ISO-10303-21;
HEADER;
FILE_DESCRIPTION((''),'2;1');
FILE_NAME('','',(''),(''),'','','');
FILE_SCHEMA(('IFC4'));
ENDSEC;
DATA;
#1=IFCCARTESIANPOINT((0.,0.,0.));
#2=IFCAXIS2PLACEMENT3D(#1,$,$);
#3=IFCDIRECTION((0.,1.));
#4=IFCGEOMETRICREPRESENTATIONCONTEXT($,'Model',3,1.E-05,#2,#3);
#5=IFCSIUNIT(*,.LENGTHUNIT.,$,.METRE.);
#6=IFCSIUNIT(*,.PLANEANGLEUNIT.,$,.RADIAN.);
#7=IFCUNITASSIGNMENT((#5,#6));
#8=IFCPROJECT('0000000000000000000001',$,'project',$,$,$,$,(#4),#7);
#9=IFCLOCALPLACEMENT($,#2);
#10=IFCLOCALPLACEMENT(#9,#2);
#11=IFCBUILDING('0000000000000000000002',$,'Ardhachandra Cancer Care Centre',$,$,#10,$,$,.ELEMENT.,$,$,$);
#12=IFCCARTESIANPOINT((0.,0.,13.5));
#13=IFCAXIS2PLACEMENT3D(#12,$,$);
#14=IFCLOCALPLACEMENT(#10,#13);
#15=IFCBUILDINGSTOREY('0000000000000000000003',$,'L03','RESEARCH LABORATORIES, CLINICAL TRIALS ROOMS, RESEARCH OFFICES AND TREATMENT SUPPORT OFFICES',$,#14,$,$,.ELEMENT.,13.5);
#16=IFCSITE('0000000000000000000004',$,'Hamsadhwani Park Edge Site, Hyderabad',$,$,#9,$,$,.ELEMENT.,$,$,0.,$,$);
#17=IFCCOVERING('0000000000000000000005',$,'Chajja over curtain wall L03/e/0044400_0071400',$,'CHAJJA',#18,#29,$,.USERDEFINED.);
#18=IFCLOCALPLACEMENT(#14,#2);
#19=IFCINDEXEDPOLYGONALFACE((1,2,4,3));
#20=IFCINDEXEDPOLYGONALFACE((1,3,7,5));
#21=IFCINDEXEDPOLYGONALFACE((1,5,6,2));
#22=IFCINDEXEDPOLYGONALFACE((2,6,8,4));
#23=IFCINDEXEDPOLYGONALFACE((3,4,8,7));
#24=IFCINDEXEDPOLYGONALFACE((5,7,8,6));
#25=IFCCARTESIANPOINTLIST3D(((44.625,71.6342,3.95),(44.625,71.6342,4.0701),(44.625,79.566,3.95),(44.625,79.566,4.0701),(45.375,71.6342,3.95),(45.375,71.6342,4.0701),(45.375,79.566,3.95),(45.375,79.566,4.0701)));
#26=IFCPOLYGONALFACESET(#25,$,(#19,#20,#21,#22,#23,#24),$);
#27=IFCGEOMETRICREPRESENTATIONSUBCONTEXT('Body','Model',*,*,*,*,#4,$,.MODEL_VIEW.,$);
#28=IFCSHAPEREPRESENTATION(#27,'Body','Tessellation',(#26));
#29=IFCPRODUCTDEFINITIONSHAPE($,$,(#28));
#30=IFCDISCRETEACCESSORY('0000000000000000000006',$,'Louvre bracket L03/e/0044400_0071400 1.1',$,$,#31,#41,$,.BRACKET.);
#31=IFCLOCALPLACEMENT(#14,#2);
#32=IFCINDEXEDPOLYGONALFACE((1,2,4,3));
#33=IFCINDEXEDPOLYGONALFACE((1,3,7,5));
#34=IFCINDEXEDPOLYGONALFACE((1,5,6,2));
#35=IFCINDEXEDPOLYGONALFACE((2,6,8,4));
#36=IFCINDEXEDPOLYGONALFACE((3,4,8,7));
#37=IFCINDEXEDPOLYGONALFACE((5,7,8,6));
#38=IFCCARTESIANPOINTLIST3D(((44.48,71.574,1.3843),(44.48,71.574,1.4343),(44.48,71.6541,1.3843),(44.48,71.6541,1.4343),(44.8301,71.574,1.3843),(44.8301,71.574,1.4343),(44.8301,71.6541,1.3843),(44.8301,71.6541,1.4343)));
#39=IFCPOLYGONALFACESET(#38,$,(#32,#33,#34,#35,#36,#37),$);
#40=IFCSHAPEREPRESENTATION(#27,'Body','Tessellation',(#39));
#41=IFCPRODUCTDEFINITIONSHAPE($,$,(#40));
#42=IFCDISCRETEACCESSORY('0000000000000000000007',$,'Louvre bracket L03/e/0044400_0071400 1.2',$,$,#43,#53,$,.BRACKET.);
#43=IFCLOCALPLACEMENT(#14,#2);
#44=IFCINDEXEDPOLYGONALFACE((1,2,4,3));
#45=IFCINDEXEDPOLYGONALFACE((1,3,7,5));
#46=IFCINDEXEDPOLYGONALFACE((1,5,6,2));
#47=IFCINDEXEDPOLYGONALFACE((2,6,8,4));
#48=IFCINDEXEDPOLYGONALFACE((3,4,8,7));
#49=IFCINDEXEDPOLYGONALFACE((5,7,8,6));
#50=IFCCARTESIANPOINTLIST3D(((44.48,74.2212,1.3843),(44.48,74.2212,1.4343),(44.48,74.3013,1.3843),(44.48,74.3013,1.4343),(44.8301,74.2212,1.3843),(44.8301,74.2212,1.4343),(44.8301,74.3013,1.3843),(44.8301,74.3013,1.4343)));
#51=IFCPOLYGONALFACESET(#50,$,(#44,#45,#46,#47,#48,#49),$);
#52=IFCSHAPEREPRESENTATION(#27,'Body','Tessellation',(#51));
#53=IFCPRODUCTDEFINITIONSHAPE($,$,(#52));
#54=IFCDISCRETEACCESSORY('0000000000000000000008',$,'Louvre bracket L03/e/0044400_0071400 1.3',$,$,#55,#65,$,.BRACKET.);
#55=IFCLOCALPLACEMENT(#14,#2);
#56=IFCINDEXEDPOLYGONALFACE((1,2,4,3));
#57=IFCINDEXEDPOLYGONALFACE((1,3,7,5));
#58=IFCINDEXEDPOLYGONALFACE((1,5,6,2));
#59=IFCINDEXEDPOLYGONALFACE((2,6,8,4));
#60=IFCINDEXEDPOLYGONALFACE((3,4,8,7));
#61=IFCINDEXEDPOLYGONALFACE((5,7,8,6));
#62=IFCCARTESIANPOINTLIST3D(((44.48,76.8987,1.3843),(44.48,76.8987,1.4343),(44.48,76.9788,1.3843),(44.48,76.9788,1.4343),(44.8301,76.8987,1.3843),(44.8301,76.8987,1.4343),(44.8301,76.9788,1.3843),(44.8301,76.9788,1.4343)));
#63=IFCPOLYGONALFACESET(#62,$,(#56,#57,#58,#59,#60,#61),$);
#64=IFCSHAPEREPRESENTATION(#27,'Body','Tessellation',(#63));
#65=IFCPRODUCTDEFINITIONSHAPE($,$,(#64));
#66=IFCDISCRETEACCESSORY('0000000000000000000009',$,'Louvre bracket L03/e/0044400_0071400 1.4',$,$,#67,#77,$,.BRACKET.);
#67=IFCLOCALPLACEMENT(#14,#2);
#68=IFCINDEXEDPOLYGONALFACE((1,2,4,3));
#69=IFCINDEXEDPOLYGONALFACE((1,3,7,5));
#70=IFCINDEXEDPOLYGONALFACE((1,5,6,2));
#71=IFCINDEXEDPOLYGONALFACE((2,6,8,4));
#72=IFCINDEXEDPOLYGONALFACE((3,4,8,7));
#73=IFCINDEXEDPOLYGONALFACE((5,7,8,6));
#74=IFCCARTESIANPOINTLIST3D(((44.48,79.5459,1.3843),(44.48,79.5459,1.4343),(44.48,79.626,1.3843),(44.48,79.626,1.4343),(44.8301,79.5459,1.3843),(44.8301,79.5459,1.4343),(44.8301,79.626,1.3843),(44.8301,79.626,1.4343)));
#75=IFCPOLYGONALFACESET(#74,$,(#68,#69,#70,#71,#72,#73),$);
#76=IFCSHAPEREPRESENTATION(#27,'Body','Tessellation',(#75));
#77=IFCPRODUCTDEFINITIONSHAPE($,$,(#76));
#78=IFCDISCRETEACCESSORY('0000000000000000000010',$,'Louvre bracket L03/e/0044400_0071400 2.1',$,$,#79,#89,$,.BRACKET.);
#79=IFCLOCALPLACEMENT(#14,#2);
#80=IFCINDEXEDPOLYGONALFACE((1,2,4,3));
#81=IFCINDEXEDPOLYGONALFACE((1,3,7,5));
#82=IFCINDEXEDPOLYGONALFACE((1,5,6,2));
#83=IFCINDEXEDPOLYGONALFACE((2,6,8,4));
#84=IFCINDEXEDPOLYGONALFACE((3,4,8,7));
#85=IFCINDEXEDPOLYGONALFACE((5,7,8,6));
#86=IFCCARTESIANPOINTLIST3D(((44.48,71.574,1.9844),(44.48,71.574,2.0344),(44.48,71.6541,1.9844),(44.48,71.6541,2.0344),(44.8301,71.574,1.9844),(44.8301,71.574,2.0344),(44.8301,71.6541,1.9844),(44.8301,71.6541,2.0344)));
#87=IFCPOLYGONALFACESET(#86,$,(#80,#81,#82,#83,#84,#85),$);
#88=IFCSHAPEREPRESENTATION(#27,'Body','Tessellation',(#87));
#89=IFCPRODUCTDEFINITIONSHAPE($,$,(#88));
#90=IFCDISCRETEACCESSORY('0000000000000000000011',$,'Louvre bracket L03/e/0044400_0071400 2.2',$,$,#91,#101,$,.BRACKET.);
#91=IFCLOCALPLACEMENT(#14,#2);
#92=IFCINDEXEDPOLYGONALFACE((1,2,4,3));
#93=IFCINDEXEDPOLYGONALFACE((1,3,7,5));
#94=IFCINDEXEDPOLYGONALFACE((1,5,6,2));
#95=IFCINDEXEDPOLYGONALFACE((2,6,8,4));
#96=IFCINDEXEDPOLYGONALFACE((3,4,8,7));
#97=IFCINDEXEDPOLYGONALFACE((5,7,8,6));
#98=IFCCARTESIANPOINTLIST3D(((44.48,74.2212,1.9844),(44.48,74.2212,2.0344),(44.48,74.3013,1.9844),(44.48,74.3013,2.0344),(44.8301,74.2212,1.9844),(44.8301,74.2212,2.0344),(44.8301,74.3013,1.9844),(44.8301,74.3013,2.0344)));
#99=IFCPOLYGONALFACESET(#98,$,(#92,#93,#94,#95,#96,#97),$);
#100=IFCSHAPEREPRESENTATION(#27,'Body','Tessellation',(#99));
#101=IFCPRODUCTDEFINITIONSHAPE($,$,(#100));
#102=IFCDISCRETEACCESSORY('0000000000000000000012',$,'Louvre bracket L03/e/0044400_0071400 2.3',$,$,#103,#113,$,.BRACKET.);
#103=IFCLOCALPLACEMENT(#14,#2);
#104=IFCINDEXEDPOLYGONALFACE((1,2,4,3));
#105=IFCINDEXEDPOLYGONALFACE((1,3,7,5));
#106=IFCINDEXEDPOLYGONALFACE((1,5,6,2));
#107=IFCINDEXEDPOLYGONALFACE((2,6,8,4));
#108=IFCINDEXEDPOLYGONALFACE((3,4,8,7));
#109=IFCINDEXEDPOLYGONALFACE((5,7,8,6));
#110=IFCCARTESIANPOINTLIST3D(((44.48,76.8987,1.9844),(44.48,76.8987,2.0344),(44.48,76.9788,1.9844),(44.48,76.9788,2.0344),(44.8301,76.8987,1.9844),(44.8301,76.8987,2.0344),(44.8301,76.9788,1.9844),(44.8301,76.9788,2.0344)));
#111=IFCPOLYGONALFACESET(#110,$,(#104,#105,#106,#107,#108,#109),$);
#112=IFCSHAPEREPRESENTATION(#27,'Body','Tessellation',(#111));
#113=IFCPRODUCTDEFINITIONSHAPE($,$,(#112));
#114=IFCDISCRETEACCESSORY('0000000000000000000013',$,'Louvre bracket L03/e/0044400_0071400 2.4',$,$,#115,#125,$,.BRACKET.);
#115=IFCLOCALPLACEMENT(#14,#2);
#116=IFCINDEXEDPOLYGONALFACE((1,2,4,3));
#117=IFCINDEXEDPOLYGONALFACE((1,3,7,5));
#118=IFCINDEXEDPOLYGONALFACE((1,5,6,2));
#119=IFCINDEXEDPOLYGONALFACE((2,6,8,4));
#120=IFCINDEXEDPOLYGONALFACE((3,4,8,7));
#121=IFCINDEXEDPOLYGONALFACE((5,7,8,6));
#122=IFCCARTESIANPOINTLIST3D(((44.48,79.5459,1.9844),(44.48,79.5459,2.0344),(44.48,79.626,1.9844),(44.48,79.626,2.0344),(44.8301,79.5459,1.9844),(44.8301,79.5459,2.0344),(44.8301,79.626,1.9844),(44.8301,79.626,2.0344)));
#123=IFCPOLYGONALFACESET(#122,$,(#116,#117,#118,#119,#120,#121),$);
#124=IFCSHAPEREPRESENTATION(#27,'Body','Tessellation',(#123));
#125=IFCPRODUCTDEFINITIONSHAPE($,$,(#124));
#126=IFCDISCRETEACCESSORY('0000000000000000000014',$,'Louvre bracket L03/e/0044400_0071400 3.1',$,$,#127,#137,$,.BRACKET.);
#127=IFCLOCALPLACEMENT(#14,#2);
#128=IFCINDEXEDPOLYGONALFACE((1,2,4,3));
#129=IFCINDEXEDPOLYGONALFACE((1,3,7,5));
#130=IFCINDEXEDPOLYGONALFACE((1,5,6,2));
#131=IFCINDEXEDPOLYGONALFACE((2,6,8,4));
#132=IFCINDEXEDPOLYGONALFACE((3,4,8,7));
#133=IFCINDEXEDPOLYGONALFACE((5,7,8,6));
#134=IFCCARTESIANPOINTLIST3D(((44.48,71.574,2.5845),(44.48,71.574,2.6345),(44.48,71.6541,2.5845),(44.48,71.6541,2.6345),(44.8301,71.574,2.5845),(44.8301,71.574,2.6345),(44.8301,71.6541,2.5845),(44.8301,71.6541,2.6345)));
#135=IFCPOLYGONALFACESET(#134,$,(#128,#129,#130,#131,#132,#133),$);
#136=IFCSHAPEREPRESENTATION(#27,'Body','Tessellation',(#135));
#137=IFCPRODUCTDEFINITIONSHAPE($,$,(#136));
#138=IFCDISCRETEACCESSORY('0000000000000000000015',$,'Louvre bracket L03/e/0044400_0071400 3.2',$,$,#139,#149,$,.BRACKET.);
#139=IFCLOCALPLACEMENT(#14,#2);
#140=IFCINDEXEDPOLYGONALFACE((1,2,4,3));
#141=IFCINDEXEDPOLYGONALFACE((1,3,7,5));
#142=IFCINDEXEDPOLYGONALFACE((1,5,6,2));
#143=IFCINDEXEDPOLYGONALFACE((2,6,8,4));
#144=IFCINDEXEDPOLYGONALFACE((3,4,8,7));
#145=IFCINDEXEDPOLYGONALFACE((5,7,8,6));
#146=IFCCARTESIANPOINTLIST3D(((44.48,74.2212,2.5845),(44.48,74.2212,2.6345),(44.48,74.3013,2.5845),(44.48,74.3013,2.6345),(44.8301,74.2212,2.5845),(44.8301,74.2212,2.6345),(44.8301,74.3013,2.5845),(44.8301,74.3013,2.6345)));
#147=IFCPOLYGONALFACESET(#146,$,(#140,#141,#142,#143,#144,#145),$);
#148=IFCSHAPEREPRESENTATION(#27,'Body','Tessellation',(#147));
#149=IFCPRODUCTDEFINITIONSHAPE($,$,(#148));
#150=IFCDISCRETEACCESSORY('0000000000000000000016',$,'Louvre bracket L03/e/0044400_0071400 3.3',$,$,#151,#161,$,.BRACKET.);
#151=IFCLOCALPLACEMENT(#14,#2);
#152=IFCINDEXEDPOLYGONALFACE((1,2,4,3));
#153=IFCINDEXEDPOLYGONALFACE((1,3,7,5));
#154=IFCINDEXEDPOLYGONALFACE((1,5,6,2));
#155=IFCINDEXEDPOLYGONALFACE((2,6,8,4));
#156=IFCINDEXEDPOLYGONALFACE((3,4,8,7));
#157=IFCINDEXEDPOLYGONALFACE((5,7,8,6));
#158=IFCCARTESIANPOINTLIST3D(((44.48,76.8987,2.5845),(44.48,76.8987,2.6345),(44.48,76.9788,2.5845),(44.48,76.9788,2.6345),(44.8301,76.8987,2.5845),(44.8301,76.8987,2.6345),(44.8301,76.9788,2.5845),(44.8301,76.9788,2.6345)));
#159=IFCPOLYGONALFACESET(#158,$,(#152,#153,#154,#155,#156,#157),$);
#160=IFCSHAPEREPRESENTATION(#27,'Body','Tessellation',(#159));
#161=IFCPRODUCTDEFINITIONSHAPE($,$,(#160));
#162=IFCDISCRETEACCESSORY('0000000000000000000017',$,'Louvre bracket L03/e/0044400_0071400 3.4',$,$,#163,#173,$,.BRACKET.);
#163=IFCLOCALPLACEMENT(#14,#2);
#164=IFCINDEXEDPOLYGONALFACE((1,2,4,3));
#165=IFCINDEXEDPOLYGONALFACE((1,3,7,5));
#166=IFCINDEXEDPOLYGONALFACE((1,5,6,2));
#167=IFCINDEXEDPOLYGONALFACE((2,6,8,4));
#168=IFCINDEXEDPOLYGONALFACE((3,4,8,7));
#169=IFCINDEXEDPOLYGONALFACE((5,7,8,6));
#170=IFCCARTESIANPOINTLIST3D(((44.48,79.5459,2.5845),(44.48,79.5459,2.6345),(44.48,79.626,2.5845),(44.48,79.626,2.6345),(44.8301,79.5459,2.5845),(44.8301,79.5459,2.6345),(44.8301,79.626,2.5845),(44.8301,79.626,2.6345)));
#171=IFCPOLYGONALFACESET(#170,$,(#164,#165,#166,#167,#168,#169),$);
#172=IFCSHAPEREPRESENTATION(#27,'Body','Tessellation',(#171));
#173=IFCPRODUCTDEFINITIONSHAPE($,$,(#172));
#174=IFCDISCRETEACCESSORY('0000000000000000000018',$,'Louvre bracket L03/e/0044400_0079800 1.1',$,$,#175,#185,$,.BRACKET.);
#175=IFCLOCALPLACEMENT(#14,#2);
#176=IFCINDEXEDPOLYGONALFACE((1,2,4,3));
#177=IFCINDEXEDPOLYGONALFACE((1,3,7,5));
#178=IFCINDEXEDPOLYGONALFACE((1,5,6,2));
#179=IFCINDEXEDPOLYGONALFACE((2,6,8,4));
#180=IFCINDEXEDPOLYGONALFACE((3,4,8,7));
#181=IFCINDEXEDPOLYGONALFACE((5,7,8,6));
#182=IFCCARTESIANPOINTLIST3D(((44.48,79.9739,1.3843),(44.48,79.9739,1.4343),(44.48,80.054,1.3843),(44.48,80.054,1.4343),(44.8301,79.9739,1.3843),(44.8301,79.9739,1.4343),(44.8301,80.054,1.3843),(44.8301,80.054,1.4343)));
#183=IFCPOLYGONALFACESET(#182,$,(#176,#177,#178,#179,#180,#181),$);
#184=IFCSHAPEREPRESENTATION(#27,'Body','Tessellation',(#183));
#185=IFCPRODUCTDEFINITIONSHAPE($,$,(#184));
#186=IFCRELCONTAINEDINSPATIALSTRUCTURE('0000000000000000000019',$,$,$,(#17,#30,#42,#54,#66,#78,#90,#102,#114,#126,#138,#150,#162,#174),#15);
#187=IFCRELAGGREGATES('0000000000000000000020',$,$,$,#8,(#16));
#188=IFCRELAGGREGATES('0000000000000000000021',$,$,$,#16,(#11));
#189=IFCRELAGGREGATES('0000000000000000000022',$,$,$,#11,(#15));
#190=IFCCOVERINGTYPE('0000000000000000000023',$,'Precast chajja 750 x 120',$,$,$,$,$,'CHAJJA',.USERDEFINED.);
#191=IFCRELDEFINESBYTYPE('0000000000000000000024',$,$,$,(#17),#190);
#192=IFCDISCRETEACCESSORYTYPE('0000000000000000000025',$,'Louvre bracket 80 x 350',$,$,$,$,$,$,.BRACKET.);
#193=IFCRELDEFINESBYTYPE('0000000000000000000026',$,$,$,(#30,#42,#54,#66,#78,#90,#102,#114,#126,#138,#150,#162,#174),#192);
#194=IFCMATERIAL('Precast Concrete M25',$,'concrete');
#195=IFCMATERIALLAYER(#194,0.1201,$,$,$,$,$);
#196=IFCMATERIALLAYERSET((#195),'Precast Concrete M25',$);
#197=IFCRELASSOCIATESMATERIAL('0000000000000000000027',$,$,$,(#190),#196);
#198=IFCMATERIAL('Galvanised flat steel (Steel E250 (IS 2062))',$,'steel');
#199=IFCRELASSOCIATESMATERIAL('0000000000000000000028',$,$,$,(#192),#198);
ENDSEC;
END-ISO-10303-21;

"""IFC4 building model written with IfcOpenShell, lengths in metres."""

from ifc_helpers import new_model, si_unit, direction, frame, origin, origin_2d, place, context, subcontext, project, spatial, rectangle, extrude, material, layer, layer_set, type_object, element, save


model = new_model("IFC4")

# Units and contexts
model_context = context("Model", 3, precision=1e-05, world=origin(), true_north=direction((0.0, 1.0)))
body_context = subcontext(model_context, "Body", "Model", "MODEL_VIEW")
ifc_project = project(units=[si_unit("LENGTHUNIT", "METRE"), si_unit("PLANEANGLEUNIT", "RADIAN")], contexts=[model_context])

# Site, building, storey
site_placement = place(None, origin())
site = spatial("IfcSite", under=ifc_project, at=site_placement, Name="Hamsadhwani Park Edge Site, Hyderabad", CompositionType="ELEMENT", RefElevation=0.0)
building_placement = place(site_placement, origin())
building = spatial("IfcBuilding", under=site, at=building_placement, Name="Ardhachandra Cancer Care Centre", CompositionType="ELEMENT")
storey_placement = place(building_placement, frame((0.0, 0.0, 13.5)))
storey = spatial("IfcBuildingStorey", under=building, at=storey_placement, Name="L03", Description="RESEARCH LABORATORIES, CLINICAL TRIALS ROOMS, RESEARCH OFFICES AND TREATMENT SUPPORT OFFICES", CompositionType="ELEMENT", Elevation=13.5)

# Covering
ifc_material_1 = material(Name="Precast Concrete M25", Category="concrete")
ifc_layer_1 = layer(ifc_material_1, 0.1201)
ifc_layer_set_1 = layer_set([ifc_layer_1], Name="Precast Concrete M25")
covering_type_1 = type_object("IfcCoveringType", Name="Precast chajja 750 x 120", ElementType="CHAJJA", PredefinedType="USERDEFINED", material=ifc_layer_set_1)
covering_placement = place(storey_placement, frame((45.0, 75.6001, 3.95), z_axis=(0.0, 0.0, 1.0), x_axis=(0.0, 1.0, 0.0)))
element("IfcCovering", 1, at=covering_placement, inside=storey, type_object=covering_type_1, Name="Chajja over curtain wall L03/e/0044400_0071400", ObjectType="CHAJJA", PredefinedType="USERDEFINED", context=body_context, shape_type="SweptSolid", body=[
    extrude(rectangle(XDim=7.9319, YDim=0.75, at=origin_2d()), origin(), (0.0, 0.0, 1.0), 0.1201),
])

# Discrete accessories
ifc_material_2 = material(Name="Galvanised flat steel (Steel E250 (IS 2062))", Category="steel")
discrete_accessory_type = type_object("IfcDiscreteAccessoryType", Name="Louvre bracket 80 x 350", PredefinedType="BRACKET", material=ifc_material_2)
for number, where, z_axis, x_axis, name in (
    (2, (44.655, 71.614, 1.3843), (0.0, 0.0, 1.0), (0.0, 1.0, 0.0), "Louvre bracket L03/e/0044400_0071400 1.1"),
    (3, (44.655, 74.2612, 1.3843), (0.0, 0.0, 1.0), (0.0, 1.0, 0.0), "Louvre bracket L03/e/0044400_0071400 1.2"),
    (4, (44.655, 76.9387, 1.3843), (0.0, 0.0, 1.0), (0.0, 1.0, 0.0), "Louvre bracket L03/e/0044400_0071400 1.3"),
    (5, (44.655, 79.5859, 1.3843), (0.0, 0.0, 1.0), (0.0, 1.0, 0.0), "Louvre bracket L03/e/0044400_0071400 1.4"),
    (6, (44.655, 71.614, 1.9844), (0.0, 0.0, 1.0), (0.0, 1.0, 0.0), "Louvre bracket L03/e/0044400_0071400 2.1"),
    (7, (44.655, 74.2612, 1.9844), (0.0, 0.0, 1.0), (0.0, 1.0, 0.0), "Louvre bracket L03/e/0044400_0071400 2.2"),
    (8, (44.655, 76.9387, 1.9844), (0.0, 0.0, 1.0), (0.0, 1.0, 0.0), "Louvre bracket L03/e/0044400_0071400 2.3"),
    (9, (44.655, 79.5859, 1.9844), (0.0, 0.0, 1.0), (0.0, 1.0, 0.0), "Louvre bracket L03/e/0044400_0071400 2.4"),
    (10, (44.655, 71.614, 2.5845), (0.0, 0.0, 1.0), (0.0, 1.0, 0.0), "Louvre bracket L03/e/0044400_0071400 3.1"),
    (11, (44.655, 74.2612, 2.5845), (0.0, 0.0, 1.0), (0.0, 1.0, 0.0), "Louvre bracket L03/e/0044400_0071400 3.2"),
    (12, (44.655, 76.9387, 2.5845), (0.0, 0.0, 1.0), (0.0, 1.0, 0.0), "Louvre bracket L03/e/0044400_0071400 3.3"),
    (13, (44.655, 79.5859, 2.5845), (0.0, 0.0, 1.0), (0.0, 1.0, 0.0), "Louvre bracket L03/e/0044400_0071400 3.4"),
    (14, (44.655, 80.0139, 1.3843), (0.0, 0.0, 1.0), (0.0, 1.0, 0.0), "Louvre bracket L03/e/0044400_0079800 1.1"),
):
    element("IfcDiscreteAccessory", number, at=place(storey_placement, frame(where, z_axis=z_axis, x_axis=x_axis)), inside=storey, type_object=discrete_accessory_type, Name=name, PredefinedType="BRACKET", context=body_context, shape_type="SweptSolid", body=[
        extrude(rectangle(XDim=0.0801, YDim=0.3501, at=origin_2d()), origin(), (0.0, 0.0, 1.0), 0.05),
    ])

save(model, "model.ifc")
